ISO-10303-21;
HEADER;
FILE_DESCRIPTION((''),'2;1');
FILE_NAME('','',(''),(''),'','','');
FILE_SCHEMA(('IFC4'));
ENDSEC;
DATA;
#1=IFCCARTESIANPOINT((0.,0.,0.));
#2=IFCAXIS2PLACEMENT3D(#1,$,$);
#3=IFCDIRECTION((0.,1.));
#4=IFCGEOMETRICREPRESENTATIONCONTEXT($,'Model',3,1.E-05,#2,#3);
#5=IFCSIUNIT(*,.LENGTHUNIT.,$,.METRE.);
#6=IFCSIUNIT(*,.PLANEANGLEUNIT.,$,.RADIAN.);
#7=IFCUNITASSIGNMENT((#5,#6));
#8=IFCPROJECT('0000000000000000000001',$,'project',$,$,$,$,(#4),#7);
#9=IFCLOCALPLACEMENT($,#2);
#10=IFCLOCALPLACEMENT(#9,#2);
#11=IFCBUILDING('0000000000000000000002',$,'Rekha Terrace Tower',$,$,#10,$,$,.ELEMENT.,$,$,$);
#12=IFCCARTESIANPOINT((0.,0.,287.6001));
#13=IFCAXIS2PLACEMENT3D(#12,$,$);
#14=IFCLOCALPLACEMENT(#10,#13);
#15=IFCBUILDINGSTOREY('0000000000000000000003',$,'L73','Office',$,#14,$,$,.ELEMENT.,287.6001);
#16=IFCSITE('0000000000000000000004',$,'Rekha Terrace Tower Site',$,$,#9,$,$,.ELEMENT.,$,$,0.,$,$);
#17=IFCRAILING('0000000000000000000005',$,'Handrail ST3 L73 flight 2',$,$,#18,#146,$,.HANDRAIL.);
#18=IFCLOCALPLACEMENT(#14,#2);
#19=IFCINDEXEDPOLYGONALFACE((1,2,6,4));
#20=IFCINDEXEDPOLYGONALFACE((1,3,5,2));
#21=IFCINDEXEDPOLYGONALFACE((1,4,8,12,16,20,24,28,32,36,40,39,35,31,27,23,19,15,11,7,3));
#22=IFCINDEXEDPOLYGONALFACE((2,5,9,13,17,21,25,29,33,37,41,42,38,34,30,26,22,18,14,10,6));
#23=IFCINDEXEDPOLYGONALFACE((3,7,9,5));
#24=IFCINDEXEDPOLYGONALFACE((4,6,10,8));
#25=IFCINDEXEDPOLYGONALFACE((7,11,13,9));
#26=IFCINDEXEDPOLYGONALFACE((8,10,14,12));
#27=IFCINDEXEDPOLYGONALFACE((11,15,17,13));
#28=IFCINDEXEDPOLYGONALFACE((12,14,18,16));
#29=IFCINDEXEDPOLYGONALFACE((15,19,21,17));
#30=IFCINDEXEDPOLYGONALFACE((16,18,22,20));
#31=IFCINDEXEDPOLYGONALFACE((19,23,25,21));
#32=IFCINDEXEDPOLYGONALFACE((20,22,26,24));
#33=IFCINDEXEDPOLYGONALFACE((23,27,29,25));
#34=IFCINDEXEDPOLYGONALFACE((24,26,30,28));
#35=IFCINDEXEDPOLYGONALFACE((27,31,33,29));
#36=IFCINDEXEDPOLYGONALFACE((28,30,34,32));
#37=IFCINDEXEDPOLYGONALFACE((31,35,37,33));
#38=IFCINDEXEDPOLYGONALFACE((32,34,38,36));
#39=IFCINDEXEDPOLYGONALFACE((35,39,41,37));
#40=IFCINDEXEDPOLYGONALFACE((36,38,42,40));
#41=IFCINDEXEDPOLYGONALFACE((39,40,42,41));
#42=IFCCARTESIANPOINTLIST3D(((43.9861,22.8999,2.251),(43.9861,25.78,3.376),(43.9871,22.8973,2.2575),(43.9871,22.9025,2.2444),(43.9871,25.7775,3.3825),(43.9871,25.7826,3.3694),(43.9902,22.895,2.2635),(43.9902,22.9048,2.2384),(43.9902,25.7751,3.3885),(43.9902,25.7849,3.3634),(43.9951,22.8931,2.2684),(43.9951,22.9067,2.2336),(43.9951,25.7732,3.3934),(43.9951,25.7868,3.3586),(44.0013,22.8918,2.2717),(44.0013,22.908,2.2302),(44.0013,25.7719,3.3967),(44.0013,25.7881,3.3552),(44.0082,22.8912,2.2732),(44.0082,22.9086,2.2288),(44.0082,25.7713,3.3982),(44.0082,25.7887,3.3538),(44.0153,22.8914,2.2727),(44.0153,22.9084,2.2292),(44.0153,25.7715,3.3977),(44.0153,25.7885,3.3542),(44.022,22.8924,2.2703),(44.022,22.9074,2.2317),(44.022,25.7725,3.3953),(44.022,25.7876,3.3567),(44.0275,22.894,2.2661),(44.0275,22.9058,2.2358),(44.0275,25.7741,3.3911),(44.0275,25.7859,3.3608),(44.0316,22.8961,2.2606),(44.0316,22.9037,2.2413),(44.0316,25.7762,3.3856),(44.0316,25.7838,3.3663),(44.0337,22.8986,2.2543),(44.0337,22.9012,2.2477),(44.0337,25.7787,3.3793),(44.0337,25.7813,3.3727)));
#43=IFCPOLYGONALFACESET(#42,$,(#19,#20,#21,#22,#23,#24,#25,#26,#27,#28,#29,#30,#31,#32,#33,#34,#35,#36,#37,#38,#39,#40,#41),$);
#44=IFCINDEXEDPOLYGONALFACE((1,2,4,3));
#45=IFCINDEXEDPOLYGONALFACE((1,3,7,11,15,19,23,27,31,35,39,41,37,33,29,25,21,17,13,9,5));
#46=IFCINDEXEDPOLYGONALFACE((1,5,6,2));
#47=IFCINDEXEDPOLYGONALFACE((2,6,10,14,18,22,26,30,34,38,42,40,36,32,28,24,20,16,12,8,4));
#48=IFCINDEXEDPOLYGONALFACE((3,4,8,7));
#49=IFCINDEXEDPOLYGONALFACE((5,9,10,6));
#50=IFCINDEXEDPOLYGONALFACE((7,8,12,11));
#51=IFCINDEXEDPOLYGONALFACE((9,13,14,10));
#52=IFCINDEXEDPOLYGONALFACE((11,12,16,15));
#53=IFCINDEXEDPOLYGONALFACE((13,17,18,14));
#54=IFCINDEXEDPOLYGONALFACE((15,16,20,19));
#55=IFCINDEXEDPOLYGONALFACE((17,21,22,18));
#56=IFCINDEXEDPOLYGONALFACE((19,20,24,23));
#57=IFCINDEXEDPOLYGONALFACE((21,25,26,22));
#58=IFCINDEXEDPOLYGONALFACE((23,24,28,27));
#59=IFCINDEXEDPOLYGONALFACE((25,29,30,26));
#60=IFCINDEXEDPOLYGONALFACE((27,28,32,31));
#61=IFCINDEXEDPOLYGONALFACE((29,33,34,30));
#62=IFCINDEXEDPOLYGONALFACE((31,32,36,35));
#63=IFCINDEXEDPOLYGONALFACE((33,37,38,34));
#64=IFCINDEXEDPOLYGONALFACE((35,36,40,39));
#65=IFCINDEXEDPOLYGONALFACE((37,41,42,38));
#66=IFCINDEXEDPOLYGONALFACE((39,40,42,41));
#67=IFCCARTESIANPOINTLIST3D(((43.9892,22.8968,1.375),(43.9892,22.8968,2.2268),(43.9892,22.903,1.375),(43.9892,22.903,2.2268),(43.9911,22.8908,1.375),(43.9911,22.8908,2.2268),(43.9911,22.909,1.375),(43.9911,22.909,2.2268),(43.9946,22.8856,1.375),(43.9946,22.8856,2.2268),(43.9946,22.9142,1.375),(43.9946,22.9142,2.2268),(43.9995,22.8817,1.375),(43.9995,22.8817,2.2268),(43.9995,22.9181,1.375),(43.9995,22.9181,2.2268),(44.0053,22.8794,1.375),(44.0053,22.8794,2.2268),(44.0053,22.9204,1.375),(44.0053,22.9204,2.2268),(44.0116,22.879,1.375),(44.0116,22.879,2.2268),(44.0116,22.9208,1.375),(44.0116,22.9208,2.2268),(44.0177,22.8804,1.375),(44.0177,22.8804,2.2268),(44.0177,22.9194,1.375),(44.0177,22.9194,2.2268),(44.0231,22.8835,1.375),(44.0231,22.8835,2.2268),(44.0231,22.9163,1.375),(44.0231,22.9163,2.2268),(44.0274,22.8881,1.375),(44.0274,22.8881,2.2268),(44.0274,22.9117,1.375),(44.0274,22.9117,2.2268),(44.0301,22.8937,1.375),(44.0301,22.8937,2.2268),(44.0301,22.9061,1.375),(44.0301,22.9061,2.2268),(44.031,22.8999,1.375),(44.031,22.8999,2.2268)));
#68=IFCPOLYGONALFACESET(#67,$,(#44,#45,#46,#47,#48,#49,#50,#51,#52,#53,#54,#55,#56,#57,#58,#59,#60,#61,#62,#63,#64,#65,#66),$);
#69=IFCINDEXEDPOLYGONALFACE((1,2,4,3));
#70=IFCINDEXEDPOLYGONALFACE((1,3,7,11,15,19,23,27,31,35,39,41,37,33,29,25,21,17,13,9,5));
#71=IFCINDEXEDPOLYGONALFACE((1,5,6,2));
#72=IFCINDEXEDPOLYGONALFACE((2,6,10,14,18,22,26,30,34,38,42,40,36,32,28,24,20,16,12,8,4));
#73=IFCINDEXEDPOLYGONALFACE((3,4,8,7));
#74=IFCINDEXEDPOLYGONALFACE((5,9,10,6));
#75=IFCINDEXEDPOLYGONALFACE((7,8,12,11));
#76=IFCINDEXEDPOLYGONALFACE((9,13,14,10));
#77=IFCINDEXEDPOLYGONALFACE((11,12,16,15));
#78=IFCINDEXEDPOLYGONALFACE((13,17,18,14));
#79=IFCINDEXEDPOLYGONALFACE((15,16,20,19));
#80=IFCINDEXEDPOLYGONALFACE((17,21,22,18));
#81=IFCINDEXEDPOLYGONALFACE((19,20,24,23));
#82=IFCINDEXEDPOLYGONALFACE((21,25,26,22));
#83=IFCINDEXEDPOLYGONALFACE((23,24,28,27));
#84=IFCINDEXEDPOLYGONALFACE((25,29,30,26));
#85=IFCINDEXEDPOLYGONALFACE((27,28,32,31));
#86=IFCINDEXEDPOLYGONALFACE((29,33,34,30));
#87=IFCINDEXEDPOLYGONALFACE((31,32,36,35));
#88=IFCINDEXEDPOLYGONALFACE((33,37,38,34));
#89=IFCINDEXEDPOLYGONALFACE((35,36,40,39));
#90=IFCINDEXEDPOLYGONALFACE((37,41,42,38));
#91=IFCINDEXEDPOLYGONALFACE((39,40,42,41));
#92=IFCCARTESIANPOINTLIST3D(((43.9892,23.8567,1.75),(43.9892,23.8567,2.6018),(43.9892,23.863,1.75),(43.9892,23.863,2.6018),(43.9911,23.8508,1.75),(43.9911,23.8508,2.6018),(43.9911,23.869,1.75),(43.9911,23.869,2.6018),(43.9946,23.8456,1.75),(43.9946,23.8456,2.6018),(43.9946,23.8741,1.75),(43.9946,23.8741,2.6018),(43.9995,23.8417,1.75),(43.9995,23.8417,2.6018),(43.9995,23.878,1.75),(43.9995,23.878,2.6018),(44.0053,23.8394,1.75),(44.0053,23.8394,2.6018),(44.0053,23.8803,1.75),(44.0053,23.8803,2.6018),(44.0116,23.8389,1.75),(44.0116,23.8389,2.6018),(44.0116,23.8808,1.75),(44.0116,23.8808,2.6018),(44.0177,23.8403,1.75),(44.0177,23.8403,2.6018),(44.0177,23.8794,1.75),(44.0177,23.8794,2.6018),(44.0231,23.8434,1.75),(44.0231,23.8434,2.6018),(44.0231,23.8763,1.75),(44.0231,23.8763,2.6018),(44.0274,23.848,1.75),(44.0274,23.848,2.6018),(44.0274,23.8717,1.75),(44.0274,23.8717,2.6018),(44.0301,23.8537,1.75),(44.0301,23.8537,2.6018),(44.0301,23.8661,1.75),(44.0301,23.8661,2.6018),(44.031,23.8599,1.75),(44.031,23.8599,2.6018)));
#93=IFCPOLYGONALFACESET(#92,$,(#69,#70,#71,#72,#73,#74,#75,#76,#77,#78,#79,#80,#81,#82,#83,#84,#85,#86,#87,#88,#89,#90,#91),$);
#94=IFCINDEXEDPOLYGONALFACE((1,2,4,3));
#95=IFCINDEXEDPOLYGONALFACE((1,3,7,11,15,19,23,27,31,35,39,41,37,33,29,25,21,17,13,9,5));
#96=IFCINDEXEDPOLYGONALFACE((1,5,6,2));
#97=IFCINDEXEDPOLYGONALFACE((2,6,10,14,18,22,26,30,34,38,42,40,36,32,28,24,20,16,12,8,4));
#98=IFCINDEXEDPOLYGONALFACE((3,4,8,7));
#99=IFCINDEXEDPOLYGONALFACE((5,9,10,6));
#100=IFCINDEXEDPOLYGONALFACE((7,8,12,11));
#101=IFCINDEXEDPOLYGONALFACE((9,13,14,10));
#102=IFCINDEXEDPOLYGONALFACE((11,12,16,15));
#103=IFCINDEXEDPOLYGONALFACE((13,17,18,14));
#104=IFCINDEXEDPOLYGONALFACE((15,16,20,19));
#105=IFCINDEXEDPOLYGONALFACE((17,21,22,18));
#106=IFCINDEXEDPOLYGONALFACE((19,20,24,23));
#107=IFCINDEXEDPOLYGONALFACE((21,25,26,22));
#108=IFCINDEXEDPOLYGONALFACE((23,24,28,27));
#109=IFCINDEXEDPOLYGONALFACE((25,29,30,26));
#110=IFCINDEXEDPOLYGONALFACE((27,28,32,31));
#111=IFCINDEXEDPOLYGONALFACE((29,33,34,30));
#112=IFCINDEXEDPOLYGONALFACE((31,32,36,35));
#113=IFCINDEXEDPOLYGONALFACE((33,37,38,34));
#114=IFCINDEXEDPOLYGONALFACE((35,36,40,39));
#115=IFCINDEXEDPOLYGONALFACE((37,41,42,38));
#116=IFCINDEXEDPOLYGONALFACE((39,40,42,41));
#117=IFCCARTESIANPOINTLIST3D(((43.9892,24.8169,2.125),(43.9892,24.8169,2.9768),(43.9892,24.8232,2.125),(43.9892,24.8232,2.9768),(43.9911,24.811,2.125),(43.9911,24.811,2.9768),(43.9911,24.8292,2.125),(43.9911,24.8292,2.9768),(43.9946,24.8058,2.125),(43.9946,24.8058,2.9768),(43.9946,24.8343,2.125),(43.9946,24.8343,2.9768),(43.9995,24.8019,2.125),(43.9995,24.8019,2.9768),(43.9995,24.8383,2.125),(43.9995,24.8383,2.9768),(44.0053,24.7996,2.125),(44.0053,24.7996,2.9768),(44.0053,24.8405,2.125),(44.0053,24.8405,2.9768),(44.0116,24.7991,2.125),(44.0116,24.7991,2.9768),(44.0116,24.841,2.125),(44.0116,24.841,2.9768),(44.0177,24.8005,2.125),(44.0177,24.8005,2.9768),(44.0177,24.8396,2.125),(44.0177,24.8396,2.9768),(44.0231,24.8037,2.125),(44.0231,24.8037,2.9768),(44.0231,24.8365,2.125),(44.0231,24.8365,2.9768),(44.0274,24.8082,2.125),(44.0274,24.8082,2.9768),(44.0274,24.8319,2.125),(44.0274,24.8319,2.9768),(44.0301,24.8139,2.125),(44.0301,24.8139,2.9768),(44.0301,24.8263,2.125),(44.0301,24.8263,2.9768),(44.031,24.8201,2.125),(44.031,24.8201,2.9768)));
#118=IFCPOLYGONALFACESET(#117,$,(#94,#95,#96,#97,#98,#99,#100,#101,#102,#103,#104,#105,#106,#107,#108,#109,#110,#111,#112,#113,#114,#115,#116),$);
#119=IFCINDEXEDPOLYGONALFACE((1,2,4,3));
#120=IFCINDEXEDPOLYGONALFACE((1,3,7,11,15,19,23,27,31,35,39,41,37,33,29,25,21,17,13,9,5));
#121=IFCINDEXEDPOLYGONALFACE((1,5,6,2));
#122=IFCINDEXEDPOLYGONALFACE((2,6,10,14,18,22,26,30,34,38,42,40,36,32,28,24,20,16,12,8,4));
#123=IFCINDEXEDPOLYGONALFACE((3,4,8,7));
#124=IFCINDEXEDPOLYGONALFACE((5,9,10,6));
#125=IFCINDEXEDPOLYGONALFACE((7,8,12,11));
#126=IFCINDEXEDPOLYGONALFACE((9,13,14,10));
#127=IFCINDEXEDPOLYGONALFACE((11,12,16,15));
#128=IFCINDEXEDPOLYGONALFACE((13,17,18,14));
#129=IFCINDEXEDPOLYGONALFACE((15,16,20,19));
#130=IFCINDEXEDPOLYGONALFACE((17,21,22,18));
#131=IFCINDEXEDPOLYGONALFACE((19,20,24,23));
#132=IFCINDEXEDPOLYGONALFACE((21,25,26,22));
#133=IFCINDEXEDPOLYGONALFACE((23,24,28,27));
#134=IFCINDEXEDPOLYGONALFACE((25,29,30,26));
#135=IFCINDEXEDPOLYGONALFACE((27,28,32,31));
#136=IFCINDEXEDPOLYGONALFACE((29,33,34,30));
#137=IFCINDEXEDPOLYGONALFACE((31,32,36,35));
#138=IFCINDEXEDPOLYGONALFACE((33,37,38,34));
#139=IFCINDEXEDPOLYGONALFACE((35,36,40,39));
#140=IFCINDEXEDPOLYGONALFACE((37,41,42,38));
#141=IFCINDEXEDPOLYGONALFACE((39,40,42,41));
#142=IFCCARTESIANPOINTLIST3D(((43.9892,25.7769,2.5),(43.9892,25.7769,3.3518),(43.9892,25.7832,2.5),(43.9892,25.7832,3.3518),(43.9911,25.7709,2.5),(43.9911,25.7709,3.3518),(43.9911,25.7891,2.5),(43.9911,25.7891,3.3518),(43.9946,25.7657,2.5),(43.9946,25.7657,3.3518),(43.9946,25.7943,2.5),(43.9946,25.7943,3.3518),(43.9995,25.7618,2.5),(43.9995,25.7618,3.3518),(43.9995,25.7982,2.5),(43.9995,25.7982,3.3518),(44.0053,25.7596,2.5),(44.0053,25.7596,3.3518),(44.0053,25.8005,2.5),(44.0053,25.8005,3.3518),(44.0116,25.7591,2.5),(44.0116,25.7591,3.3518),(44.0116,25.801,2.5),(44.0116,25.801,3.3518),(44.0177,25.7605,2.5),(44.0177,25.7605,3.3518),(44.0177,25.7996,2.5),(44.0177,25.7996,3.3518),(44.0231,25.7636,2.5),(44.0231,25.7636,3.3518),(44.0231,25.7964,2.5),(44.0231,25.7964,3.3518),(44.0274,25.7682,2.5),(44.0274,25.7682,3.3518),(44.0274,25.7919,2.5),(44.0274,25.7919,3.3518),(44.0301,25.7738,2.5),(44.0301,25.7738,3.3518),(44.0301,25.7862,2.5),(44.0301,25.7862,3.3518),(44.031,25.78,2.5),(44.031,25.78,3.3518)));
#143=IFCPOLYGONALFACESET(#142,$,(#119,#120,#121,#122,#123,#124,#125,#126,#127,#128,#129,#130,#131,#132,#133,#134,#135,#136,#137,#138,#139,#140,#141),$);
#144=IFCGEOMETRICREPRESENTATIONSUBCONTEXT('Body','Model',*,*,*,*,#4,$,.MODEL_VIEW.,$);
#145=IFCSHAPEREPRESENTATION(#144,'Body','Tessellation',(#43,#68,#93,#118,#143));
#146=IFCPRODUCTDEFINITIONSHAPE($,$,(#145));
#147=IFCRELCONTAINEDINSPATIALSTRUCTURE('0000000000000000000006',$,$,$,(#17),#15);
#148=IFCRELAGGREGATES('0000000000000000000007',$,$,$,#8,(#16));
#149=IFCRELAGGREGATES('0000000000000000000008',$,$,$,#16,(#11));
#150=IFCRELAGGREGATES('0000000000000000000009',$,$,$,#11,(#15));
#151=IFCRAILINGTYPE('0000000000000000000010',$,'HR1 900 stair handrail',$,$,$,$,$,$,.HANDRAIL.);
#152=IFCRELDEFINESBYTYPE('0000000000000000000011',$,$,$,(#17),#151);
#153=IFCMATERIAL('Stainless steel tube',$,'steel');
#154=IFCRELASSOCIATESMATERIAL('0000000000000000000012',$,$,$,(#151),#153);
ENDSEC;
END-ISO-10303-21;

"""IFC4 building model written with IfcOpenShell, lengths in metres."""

from ifc_helpers import new_model, si_unit, direction, frame, origin, origin_2d, place, context, subcontext, project, spatial, circle, extrude, material, type_object, element, save


model = new_model("IFC4")

# Units and contexts
model_context = context("Model", 3, precision=1e-05, world=origin(), true_north=direction((0.0, 1.0)))
body_context = subcontext(model_context, "Body", "Model", "MODEL_VIEW")
ifc_project = project(units=[si_unit("LENGTHUNIT", "METRE"), si_unit("PLANEANGLEUNIT", "RADIAN")], contexts=[model_context])

# Site, building, storey
site_placement = place(None, origin())
site = spatial("IfcSite", under=ifc_project, at=site_placement, Name="Rekha Terrace Tower Site", CompositionType="ELEMENT", RefElevation=0.0)
building_placement = place(site_placement, origin())
building = spatial("IfcBuilding", under=site, at=building_placement, Name="Rekha Terrace Tower", CompositionType="ELEMENT")
storey_placement = place(building_placement, frame((0.0, 0.0, 287.6001)))
storey = spatial("IfcBuildingStorey", under=building, at=storey_placement, Name="L73", Description="Office", CompositionType="ELEMENT", Elevation=287.6001)

# Railing
ifc_material_1 = material(Name="Stainless steel tube", Category="steel")
railing_type_1 = type_object("IfcRailingType", Name="HR1 900 stair handrail", PredefinedType="HANDRAIL", material=ifc_material_1)
railing_1_placement = place(storey_placement, frame((44.01, 22.8999, 1.375)))
element("IfcRailing", 1, at=railing_1_placement, inside=storey, type_object=railing_type_1, Name="Handrail ST3 L73 flight 2", PredefinedType="HANDRAIL", context=body_context, shape_type="SweptSolid", body=[
    extrude(circle(Radius=0.0239, at=origin_2d()), frame((0.0, 0.0, 0.876), z_axis=(0.0, 0.931463, 0.363837), x_axis=(-1.0, 0.0, 0.0)), (0.0, 0.0, 1.0), 3.092),
    extrude(circle(Radius=0.021, at=origin_2d()), origin(), (0.0, 0.0, 1.0), 0.8518),
    extrude(circle(Radius=0.021, at=origin_2d()), frame((0.0, 0.96, 0.375)), (0.0, 0.0, 1.0), 0.8518),
    extrude(circle(Radius=0.021, at=origin_2d()), frame((0.0, 1.9202, 0.75)), (0.0, 0.0, 1.0), 0.8518),
    extrude(circle(Radius=0.021, at=origin_2d()), frame((0.0, 2.8801, 1.125)), (0.0, 0.0, 1.0), 0.8518),
])

save(model, "model.ifc")
